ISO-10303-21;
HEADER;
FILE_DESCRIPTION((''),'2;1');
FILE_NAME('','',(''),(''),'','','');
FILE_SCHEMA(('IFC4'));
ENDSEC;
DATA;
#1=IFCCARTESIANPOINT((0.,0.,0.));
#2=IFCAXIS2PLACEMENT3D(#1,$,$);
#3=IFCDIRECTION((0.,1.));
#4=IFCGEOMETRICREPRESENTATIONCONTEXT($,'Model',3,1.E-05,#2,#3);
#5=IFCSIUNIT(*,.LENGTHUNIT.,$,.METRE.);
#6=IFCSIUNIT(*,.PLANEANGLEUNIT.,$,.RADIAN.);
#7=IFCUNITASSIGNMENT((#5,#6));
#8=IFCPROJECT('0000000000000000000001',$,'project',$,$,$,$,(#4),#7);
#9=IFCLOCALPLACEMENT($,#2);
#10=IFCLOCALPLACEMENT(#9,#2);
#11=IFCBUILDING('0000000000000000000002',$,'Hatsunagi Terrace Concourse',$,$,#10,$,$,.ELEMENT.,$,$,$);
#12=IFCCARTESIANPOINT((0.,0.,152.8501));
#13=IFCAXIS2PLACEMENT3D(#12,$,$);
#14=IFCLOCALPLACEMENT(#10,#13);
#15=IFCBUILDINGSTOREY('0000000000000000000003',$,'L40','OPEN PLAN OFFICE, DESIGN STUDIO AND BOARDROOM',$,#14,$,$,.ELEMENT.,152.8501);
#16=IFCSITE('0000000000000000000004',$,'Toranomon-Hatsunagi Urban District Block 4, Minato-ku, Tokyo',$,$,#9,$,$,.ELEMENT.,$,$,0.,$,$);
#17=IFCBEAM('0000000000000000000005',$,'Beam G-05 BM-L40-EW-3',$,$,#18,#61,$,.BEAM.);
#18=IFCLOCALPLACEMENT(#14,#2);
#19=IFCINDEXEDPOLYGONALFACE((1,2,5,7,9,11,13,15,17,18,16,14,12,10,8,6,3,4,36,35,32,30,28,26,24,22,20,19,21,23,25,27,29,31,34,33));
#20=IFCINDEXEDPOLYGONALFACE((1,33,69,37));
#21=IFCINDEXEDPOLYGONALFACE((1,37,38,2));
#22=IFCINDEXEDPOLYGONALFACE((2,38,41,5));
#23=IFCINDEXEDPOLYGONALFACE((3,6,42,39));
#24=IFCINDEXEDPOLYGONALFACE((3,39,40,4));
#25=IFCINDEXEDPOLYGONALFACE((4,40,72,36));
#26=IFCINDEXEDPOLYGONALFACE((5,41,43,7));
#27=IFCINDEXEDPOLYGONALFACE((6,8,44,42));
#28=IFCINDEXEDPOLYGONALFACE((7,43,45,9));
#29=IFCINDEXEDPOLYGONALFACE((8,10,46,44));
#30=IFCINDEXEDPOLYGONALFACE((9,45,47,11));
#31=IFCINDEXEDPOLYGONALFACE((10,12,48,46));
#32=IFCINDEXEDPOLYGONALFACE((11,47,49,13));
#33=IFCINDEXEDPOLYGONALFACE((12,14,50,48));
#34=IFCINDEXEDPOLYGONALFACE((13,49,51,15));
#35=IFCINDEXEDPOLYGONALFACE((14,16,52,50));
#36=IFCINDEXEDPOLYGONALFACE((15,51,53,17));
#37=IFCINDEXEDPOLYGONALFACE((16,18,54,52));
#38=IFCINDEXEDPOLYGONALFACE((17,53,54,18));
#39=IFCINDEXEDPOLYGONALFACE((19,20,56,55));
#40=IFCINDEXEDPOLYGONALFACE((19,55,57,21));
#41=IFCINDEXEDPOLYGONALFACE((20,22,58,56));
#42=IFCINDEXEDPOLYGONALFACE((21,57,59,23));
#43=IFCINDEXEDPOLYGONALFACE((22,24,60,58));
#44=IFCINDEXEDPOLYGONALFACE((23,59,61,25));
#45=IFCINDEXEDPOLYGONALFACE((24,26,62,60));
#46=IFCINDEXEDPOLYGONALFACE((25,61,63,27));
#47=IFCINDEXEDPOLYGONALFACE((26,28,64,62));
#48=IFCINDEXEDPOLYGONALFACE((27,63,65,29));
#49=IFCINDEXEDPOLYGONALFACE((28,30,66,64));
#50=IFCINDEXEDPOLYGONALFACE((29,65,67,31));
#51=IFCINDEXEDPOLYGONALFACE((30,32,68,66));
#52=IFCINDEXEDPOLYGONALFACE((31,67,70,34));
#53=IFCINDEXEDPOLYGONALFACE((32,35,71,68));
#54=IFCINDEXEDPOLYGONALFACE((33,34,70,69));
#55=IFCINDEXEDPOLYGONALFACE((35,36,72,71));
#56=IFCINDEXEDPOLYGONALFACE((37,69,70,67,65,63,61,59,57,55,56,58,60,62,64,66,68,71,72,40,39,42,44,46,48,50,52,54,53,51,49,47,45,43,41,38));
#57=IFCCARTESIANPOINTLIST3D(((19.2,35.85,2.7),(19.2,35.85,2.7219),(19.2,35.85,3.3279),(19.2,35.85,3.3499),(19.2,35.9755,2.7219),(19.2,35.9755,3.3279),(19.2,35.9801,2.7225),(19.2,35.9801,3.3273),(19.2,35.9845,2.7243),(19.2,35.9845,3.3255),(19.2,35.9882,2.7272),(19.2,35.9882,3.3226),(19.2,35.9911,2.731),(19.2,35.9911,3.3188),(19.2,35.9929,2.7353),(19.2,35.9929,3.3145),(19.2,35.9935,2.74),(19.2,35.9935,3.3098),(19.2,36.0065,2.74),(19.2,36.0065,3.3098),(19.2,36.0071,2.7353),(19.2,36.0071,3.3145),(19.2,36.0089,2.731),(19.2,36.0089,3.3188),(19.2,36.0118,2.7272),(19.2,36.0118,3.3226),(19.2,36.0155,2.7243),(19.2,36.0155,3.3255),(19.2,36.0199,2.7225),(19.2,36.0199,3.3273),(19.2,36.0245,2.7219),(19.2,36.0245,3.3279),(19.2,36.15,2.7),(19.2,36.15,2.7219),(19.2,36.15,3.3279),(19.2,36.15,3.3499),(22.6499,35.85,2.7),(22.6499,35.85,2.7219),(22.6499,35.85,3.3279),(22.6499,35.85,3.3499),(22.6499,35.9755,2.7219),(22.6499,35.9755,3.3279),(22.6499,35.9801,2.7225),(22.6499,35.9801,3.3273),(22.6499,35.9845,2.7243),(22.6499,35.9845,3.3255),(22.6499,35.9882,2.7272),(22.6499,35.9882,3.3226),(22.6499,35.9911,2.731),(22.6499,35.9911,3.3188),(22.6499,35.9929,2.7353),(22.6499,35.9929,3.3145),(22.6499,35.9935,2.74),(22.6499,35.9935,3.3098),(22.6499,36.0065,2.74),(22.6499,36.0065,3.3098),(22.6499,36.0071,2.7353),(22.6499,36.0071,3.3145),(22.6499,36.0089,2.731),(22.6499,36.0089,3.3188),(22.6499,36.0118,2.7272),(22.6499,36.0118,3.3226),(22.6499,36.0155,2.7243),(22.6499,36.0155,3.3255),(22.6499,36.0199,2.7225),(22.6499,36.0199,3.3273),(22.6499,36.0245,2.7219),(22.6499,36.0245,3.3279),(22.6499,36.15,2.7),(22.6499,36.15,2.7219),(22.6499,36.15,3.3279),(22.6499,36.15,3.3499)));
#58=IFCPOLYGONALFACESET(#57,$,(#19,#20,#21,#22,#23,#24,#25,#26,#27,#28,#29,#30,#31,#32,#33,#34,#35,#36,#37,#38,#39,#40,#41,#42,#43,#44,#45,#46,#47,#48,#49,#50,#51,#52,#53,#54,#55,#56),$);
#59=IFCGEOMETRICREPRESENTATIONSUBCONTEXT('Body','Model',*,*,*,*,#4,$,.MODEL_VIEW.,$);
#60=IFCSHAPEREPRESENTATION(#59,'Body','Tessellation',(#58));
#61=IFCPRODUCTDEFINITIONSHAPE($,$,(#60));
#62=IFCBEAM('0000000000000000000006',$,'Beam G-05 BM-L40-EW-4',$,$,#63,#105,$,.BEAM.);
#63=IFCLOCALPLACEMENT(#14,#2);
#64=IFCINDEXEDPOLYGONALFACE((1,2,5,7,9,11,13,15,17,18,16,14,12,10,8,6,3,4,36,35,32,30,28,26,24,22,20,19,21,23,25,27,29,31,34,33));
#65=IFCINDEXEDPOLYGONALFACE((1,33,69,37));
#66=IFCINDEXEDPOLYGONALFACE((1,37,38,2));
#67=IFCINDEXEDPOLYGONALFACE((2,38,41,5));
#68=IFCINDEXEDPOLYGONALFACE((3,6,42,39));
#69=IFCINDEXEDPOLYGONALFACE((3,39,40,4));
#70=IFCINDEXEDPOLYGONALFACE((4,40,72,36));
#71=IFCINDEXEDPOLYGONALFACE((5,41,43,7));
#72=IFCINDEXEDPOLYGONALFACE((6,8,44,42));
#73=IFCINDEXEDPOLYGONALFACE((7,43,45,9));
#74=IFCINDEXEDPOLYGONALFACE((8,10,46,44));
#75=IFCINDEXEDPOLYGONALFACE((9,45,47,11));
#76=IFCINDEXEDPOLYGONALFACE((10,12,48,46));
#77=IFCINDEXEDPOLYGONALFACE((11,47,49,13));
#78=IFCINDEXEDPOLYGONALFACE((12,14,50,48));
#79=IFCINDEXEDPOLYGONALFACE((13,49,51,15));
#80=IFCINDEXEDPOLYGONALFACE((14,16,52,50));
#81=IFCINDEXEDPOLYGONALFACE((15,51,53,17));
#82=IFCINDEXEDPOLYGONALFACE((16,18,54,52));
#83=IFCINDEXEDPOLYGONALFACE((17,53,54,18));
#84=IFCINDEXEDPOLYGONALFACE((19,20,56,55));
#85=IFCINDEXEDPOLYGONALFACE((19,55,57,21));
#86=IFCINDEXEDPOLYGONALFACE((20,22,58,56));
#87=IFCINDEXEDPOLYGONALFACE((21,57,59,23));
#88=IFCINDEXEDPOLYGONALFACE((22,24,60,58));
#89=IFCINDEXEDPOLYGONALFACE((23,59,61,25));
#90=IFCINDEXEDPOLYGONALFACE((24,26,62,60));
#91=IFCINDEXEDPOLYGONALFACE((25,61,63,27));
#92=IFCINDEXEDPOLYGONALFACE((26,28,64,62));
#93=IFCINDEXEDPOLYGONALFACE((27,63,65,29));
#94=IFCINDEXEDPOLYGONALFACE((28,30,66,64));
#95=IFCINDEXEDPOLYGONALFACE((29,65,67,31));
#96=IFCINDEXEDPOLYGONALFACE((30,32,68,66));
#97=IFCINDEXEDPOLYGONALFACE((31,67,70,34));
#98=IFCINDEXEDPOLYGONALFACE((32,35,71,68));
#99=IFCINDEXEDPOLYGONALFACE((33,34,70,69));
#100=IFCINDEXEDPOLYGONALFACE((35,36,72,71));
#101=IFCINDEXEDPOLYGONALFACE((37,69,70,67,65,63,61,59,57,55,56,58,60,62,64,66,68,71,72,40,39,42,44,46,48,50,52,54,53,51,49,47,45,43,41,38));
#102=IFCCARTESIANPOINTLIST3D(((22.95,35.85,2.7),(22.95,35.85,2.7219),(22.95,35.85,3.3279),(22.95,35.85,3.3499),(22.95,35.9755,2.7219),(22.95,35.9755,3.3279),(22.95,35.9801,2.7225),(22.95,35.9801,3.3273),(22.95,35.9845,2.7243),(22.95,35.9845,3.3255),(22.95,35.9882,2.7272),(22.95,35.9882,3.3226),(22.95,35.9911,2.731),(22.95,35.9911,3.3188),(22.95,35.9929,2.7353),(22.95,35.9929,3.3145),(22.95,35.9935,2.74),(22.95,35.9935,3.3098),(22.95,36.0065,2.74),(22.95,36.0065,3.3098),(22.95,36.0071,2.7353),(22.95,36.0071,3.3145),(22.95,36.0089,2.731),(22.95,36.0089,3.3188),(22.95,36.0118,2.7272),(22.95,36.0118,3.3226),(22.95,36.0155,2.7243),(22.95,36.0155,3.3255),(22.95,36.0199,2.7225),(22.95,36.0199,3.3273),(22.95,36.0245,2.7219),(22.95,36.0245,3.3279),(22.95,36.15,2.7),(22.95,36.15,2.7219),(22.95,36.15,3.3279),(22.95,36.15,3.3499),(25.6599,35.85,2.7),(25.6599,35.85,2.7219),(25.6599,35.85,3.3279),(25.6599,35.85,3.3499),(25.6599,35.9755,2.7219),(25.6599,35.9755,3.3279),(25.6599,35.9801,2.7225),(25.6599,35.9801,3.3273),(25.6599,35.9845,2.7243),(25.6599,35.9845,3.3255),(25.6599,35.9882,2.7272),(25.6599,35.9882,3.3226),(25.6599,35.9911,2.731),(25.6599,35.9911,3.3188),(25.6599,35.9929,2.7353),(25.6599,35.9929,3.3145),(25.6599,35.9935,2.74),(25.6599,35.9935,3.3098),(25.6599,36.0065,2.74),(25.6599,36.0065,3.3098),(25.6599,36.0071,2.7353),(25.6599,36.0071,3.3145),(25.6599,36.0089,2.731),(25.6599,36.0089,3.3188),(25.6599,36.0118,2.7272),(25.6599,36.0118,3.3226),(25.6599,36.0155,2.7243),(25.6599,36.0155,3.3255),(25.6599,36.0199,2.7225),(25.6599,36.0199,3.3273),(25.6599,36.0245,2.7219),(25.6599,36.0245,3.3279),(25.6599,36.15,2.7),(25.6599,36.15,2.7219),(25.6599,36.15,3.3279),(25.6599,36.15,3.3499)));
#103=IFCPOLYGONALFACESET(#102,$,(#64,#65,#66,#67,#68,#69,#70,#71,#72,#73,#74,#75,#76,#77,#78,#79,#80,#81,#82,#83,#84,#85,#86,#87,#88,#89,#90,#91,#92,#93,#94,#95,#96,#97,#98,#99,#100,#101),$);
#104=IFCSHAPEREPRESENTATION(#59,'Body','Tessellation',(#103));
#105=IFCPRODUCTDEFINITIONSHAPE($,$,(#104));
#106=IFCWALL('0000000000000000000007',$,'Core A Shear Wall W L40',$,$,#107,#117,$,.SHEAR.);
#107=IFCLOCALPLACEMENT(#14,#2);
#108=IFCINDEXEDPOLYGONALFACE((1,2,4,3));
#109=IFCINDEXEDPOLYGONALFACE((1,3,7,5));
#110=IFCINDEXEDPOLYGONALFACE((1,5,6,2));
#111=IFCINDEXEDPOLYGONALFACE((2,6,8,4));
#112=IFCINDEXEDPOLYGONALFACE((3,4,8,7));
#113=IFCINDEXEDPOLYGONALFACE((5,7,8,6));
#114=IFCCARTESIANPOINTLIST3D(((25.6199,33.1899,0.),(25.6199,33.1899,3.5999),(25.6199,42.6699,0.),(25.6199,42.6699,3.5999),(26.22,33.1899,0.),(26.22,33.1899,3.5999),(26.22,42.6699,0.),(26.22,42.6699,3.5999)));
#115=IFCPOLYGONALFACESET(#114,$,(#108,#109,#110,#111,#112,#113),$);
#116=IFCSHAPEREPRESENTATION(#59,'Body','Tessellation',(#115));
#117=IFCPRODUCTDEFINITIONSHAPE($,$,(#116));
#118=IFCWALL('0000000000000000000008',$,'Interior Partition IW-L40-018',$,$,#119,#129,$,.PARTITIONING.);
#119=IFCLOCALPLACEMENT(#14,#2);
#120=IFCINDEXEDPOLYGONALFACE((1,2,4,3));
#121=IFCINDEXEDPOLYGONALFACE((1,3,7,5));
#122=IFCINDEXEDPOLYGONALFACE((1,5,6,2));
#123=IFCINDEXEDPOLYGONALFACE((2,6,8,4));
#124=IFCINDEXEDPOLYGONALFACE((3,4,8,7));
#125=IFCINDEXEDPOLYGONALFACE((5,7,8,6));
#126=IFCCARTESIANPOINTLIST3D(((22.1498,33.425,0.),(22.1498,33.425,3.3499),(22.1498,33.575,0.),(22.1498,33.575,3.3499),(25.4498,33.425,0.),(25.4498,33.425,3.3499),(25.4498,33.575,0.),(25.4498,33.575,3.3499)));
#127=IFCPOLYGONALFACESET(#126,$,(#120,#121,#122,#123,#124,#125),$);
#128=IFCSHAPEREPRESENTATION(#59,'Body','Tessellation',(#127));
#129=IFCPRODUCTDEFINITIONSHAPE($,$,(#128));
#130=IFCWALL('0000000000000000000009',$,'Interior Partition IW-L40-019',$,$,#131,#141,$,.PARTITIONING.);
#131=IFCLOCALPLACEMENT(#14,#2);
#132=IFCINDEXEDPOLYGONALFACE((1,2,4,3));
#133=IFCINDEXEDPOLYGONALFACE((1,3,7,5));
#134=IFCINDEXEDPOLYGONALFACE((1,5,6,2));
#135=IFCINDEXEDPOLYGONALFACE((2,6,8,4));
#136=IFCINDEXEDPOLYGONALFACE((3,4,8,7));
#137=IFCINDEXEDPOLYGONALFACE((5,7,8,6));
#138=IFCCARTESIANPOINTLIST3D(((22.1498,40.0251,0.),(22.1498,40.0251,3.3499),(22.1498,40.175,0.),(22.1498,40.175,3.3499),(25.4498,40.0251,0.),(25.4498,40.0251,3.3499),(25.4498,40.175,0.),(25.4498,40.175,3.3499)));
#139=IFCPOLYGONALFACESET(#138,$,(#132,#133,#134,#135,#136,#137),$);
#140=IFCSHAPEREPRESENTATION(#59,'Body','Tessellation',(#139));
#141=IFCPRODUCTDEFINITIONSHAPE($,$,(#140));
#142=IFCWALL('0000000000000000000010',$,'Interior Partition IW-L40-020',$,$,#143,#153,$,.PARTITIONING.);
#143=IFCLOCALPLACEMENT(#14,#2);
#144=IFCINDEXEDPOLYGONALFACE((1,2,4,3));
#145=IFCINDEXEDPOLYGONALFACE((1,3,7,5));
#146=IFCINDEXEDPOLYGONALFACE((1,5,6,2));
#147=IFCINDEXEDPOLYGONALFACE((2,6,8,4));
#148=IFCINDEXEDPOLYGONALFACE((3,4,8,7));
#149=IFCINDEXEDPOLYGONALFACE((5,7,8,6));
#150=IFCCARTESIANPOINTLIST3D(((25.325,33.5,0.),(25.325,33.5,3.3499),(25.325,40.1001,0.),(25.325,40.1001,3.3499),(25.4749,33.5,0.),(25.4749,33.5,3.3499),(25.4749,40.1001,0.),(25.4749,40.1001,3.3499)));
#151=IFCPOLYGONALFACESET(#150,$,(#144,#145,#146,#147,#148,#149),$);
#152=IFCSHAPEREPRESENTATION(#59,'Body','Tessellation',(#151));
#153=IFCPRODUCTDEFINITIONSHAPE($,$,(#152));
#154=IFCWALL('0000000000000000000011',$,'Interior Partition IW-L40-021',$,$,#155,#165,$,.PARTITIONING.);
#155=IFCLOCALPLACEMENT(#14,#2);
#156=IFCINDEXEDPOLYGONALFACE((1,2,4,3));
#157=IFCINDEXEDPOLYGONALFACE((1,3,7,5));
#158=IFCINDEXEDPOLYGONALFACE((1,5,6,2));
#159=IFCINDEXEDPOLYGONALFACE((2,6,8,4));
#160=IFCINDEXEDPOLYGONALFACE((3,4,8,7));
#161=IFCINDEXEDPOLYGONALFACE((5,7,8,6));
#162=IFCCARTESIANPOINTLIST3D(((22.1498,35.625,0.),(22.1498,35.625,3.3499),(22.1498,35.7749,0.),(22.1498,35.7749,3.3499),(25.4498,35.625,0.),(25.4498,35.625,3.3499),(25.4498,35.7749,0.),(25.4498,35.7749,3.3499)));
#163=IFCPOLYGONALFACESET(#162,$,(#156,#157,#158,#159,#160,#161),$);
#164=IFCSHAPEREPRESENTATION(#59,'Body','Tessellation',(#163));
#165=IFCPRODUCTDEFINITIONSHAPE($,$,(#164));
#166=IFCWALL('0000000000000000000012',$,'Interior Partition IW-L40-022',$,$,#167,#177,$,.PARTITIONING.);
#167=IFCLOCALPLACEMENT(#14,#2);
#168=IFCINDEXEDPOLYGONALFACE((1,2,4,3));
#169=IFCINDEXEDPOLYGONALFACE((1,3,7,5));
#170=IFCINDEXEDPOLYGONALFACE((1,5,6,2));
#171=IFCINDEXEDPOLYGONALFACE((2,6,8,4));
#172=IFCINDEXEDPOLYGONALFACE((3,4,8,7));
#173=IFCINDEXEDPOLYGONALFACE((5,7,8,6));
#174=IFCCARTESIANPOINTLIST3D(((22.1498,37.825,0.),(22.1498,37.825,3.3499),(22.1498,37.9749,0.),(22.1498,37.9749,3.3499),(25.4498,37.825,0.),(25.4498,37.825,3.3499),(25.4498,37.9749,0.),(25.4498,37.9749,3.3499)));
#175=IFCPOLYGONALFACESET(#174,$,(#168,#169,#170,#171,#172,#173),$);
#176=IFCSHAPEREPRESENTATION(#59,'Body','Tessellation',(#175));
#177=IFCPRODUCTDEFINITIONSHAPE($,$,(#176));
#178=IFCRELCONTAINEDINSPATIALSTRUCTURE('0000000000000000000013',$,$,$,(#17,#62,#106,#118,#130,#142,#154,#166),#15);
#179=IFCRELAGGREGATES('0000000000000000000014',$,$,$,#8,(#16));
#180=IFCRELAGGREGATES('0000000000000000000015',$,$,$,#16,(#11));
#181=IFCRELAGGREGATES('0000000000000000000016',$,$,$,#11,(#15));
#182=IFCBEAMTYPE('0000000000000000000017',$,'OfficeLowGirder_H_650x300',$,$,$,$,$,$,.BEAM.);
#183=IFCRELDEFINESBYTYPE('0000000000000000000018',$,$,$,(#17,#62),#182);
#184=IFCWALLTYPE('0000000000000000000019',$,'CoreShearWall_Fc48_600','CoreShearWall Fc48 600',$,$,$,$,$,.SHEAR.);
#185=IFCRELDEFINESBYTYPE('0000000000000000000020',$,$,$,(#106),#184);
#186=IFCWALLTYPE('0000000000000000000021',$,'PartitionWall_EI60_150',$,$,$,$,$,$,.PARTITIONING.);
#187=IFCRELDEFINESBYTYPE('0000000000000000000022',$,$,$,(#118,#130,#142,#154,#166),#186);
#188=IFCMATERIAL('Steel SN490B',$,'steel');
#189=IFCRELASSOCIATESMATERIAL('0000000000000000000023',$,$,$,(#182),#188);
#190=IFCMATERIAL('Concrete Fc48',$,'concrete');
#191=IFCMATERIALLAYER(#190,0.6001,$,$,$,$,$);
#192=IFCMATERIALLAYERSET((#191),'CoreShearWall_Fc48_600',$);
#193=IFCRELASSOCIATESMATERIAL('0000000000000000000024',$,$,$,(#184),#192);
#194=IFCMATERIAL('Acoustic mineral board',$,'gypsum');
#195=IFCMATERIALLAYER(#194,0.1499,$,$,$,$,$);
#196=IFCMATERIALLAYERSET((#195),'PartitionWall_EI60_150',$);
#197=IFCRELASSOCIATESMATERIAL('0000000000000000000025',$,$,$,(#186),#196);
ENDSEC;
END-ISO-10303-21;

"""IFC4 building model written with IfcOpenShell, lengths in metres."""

from ifc_helpers import new_model, si_unit, direction, frame, frame_2d, origin, origin_2d, place, context, subcontext, project, spatial, rectangle, i_section, extrude, material, layer, layer_set, material_profile, profile_set, type_object, element, save


model = new_model("IFC4")

# Units and contexts
model_context = context("Model", 3, precision=1e-05, world=origin(), true_north=direction((0.0, 1.0)))
body_context = subcontext(model_context, "Body", "Model", "MODEL_VIEW")
ifc_project = project(units=[si_unit("LENGTHUNIT", "METRE"), si_unit("PLANEANGLEUNIT", "RADIAN")], contexts=[model_context])

# Site, building, storey
site_placement = place(None, origin())
site = spatial("IfcSite", under=ifc_project, at=site_placement, Name="Toranomon-Hatsunagi Urban District Block 4, Minato-ku, Tokyo", CompositionType="ELEMENT", RefElevation=0.0)
building_placement = place(site_placement, origin())
building = spatial("IfcBuilding", under=site, at=building_placement, Name="Hatsunagi Terrace Concourse", CompositionType="ELEMENT")
storey_placement = place(building_placement, frame((0.0, 0.0, 152.8501)))
storey = spatial("IfcBuildingStorey", under=building, at=storey_placement, Name="L40", Description="OPEN PLAN OFFICE, DESIGN STUDIO AND BOARDROOM", CompositionType="ELEMENT", Elevation=152.8501)

# Beams
ifc_material_1 = material(Name="Steel SN490B", Category="steel")
ifc_material_profile_1 = material_profile(ifc_material_1, i_section(OverallWidth=0.3, OverallDepth=0.6499, WebThickness=0.0129, FlangeThickness=0.022, FilletRadius=0.0181, at=origin_2d()), Name="H-650x300x13x22")
ifc_profile_set_1 = profile_set([ifc_material_profile_1], Name="Steel SN490B")
beam_type_1 = type_object("IfcBeamType", Name="OfficeLowGirder_H_650x300", PredefinedType="BEAM", material=ifc_profile_set_1)
beam_1_placement = place(storey_placement, frame((19.2, 36.0, 3.0249), z_axis=(1.0, 0.0, 0.0), x_axis=(0.0, 1.0, 0.0)))
element("IfcBeam", 1, at=beam_1_placement, inside=storey, type_object=beam_type_1, Name="Beam G-05 BM-L40-EW-3", PredefinedType="BEAM", context=body_context, shape_type="SweptSolid", body=[
    extrude(i_section(OverallWidth=0.3, OverallDepth=0.6499, WebThickness=0.0129, FlangeThickness=0.022, FilletRadius=0.0181, at=origin_2d()), origin(), (0.0, 0.0, 1.0), 3.45),
])
beam_2_placement = place(storey_placement, frame((22.95, 36.0, 3.0249), z_axis=(1.0, 0.0, 0.0), x_axis=(0.0, 1.0, 0.0)))
element("IfcBeam", 2, at=beam_2_placement, inside=storey, type_object=beam_type_1, Name="Beam G-05 BM-L40-EW-4", PredefinedType="BEAM", context=body_context, shape_type="SweptSolid", body=[
    extrude(i_section(OverallWidth=0.3, OverallDepth=0.6499, WebThickness=0.0129, FlangeThickness=0.022, FilletRadius=0.0181, at=origin_2d()), origin(), (0.0, 0.0, 1.0), 2.71),
])

# Shared definitions
ifc_material_2 = material(Name="Concrete Fc48", Category="concrete")
ifc_layer_1 = layer(ifc_material_2, 0.6001)
ifc_layer_set_1 = layer_set([ifc_layer_1], Name="CoreShearWall_Fc48_600")
wall_type_1 = type_object("IfcWallType", Name="CoreShearWall_Fc48_600", Description="CoreShearWall Fc48 600", PredefinedType="SHEAR", material=ifc_layer_set_1)

# Walls
wall_1_placement = place(storey_placement, frame((25.9199, 33.1899, 0.0), z_axis=(0.0, 0.0, 1.0), x_axis=(0.0, 1.0, 0.0)))
element("IfcWall", 3, at=wall_1_placement, inside=storey, type_object=wall_type_1, Name="Core A Shear Wall W L40", PredefinedType="SHEAR", context=body_context, shape_type="SweptSolid", body=[
    extrude(rectangle(XDim=9.48, YDim=0.6001, at=frame_2d((4.74, 0.0))), origin(), (0.0, 0.0, 1.0), 3.5999),
])
ifc_material_3 = material(Name="Acoustic mineral board", Category="gypsum")
ifc_layer_2 = layer(ifc_material_3, 0.1499)
ifc_layer_set_2 = layer_set([ifc_layer_2], Name="PartitionWall_EI60_150")
wall_type_2 = type_object("IfcWallType", Name="PartitionWall_EI60_150", PredefinedType="PARTITIONING", material=ifc_layer_set_2)
for number, where, z_axis, x_axis, name in (
    (4, (22.1499, 33.5, 0.0), (0.0, 0.0, 1.0), (1.0, 0.0, 0.0), "Interior Partition IW-L40-018"),
    (5, (22.1499, 40.1001, 0.0), (0.0, 0.0, 1.0), (1.0, 0.0, 0.0), "Interior Partition IW-L40-019"),
):
    element("IfcWall", number, at=place(storey_placement, frame(where, z_axis=z_axis, x_axis=x_axis)), inside=storey, type_object=wall_type_2, Name=name, PredefinedType="PARTITIONING", context=body_context, shape_type="SweptSolid", body=[
        extrude(rectangle(XDim=3.3, YDim=0.1499, at=frame_2d((1.6499, 0.0))), origin(), (0.0, 0.0, 1.0), 3.3499),
    ])
wall_2_placement = place(storey_placement, frame((25.3999, 33.5, 0.0), z_axis=(0.0, 0.0, 1.0), x_axis=(0.0, 1.0, 0.0)))
element("IfcWall", 6, at=wall_2_placement, inside=storey, type_object=wall_type_2, Name="Interior Partition IW-L40-020", PredefinedType="PARTITIONING", context=body_context, shape_type="SweptSolid", body=[
    extrude(rectangle(XDim=6.6001, YDim=0.1499, at=frame_2d((3.3, 0.0))), origin(), (0.0, 0.0, 1.0), 3.3499),
])
for number, where, z_axis, x_axis, name in (
    (7, (22.1499, 35.7, 0.0), (0.0, 0.0, 1.0), (1.0, 0.0, 0.0), "Interior Partition IW-L40-021"),
    (8, (22.1499, 37.8999, 0.0), (0.0, 0.0, 1.0), (1.0, 0.0, 0.0), "Interior Partition IW-L40-022"),
):
    element("IfcWall", number, at=place(storey_placement, frame(where, z_axis=z_axis, x_axis=x_axis)), inside=storey, type_object=wall_type_2, Name=name, PredefinedType="PARTITIONING", context=body_context, shape_type="SweptSolid", body=[
        extrude(rectangle(XDim=3.3, YDim=0.1499, at=frame_2d((1.6499, 0.0))), origin(), (0.0, 0.0, 1.0), 3.3499),
    ])

save(model, "model.ifc")
